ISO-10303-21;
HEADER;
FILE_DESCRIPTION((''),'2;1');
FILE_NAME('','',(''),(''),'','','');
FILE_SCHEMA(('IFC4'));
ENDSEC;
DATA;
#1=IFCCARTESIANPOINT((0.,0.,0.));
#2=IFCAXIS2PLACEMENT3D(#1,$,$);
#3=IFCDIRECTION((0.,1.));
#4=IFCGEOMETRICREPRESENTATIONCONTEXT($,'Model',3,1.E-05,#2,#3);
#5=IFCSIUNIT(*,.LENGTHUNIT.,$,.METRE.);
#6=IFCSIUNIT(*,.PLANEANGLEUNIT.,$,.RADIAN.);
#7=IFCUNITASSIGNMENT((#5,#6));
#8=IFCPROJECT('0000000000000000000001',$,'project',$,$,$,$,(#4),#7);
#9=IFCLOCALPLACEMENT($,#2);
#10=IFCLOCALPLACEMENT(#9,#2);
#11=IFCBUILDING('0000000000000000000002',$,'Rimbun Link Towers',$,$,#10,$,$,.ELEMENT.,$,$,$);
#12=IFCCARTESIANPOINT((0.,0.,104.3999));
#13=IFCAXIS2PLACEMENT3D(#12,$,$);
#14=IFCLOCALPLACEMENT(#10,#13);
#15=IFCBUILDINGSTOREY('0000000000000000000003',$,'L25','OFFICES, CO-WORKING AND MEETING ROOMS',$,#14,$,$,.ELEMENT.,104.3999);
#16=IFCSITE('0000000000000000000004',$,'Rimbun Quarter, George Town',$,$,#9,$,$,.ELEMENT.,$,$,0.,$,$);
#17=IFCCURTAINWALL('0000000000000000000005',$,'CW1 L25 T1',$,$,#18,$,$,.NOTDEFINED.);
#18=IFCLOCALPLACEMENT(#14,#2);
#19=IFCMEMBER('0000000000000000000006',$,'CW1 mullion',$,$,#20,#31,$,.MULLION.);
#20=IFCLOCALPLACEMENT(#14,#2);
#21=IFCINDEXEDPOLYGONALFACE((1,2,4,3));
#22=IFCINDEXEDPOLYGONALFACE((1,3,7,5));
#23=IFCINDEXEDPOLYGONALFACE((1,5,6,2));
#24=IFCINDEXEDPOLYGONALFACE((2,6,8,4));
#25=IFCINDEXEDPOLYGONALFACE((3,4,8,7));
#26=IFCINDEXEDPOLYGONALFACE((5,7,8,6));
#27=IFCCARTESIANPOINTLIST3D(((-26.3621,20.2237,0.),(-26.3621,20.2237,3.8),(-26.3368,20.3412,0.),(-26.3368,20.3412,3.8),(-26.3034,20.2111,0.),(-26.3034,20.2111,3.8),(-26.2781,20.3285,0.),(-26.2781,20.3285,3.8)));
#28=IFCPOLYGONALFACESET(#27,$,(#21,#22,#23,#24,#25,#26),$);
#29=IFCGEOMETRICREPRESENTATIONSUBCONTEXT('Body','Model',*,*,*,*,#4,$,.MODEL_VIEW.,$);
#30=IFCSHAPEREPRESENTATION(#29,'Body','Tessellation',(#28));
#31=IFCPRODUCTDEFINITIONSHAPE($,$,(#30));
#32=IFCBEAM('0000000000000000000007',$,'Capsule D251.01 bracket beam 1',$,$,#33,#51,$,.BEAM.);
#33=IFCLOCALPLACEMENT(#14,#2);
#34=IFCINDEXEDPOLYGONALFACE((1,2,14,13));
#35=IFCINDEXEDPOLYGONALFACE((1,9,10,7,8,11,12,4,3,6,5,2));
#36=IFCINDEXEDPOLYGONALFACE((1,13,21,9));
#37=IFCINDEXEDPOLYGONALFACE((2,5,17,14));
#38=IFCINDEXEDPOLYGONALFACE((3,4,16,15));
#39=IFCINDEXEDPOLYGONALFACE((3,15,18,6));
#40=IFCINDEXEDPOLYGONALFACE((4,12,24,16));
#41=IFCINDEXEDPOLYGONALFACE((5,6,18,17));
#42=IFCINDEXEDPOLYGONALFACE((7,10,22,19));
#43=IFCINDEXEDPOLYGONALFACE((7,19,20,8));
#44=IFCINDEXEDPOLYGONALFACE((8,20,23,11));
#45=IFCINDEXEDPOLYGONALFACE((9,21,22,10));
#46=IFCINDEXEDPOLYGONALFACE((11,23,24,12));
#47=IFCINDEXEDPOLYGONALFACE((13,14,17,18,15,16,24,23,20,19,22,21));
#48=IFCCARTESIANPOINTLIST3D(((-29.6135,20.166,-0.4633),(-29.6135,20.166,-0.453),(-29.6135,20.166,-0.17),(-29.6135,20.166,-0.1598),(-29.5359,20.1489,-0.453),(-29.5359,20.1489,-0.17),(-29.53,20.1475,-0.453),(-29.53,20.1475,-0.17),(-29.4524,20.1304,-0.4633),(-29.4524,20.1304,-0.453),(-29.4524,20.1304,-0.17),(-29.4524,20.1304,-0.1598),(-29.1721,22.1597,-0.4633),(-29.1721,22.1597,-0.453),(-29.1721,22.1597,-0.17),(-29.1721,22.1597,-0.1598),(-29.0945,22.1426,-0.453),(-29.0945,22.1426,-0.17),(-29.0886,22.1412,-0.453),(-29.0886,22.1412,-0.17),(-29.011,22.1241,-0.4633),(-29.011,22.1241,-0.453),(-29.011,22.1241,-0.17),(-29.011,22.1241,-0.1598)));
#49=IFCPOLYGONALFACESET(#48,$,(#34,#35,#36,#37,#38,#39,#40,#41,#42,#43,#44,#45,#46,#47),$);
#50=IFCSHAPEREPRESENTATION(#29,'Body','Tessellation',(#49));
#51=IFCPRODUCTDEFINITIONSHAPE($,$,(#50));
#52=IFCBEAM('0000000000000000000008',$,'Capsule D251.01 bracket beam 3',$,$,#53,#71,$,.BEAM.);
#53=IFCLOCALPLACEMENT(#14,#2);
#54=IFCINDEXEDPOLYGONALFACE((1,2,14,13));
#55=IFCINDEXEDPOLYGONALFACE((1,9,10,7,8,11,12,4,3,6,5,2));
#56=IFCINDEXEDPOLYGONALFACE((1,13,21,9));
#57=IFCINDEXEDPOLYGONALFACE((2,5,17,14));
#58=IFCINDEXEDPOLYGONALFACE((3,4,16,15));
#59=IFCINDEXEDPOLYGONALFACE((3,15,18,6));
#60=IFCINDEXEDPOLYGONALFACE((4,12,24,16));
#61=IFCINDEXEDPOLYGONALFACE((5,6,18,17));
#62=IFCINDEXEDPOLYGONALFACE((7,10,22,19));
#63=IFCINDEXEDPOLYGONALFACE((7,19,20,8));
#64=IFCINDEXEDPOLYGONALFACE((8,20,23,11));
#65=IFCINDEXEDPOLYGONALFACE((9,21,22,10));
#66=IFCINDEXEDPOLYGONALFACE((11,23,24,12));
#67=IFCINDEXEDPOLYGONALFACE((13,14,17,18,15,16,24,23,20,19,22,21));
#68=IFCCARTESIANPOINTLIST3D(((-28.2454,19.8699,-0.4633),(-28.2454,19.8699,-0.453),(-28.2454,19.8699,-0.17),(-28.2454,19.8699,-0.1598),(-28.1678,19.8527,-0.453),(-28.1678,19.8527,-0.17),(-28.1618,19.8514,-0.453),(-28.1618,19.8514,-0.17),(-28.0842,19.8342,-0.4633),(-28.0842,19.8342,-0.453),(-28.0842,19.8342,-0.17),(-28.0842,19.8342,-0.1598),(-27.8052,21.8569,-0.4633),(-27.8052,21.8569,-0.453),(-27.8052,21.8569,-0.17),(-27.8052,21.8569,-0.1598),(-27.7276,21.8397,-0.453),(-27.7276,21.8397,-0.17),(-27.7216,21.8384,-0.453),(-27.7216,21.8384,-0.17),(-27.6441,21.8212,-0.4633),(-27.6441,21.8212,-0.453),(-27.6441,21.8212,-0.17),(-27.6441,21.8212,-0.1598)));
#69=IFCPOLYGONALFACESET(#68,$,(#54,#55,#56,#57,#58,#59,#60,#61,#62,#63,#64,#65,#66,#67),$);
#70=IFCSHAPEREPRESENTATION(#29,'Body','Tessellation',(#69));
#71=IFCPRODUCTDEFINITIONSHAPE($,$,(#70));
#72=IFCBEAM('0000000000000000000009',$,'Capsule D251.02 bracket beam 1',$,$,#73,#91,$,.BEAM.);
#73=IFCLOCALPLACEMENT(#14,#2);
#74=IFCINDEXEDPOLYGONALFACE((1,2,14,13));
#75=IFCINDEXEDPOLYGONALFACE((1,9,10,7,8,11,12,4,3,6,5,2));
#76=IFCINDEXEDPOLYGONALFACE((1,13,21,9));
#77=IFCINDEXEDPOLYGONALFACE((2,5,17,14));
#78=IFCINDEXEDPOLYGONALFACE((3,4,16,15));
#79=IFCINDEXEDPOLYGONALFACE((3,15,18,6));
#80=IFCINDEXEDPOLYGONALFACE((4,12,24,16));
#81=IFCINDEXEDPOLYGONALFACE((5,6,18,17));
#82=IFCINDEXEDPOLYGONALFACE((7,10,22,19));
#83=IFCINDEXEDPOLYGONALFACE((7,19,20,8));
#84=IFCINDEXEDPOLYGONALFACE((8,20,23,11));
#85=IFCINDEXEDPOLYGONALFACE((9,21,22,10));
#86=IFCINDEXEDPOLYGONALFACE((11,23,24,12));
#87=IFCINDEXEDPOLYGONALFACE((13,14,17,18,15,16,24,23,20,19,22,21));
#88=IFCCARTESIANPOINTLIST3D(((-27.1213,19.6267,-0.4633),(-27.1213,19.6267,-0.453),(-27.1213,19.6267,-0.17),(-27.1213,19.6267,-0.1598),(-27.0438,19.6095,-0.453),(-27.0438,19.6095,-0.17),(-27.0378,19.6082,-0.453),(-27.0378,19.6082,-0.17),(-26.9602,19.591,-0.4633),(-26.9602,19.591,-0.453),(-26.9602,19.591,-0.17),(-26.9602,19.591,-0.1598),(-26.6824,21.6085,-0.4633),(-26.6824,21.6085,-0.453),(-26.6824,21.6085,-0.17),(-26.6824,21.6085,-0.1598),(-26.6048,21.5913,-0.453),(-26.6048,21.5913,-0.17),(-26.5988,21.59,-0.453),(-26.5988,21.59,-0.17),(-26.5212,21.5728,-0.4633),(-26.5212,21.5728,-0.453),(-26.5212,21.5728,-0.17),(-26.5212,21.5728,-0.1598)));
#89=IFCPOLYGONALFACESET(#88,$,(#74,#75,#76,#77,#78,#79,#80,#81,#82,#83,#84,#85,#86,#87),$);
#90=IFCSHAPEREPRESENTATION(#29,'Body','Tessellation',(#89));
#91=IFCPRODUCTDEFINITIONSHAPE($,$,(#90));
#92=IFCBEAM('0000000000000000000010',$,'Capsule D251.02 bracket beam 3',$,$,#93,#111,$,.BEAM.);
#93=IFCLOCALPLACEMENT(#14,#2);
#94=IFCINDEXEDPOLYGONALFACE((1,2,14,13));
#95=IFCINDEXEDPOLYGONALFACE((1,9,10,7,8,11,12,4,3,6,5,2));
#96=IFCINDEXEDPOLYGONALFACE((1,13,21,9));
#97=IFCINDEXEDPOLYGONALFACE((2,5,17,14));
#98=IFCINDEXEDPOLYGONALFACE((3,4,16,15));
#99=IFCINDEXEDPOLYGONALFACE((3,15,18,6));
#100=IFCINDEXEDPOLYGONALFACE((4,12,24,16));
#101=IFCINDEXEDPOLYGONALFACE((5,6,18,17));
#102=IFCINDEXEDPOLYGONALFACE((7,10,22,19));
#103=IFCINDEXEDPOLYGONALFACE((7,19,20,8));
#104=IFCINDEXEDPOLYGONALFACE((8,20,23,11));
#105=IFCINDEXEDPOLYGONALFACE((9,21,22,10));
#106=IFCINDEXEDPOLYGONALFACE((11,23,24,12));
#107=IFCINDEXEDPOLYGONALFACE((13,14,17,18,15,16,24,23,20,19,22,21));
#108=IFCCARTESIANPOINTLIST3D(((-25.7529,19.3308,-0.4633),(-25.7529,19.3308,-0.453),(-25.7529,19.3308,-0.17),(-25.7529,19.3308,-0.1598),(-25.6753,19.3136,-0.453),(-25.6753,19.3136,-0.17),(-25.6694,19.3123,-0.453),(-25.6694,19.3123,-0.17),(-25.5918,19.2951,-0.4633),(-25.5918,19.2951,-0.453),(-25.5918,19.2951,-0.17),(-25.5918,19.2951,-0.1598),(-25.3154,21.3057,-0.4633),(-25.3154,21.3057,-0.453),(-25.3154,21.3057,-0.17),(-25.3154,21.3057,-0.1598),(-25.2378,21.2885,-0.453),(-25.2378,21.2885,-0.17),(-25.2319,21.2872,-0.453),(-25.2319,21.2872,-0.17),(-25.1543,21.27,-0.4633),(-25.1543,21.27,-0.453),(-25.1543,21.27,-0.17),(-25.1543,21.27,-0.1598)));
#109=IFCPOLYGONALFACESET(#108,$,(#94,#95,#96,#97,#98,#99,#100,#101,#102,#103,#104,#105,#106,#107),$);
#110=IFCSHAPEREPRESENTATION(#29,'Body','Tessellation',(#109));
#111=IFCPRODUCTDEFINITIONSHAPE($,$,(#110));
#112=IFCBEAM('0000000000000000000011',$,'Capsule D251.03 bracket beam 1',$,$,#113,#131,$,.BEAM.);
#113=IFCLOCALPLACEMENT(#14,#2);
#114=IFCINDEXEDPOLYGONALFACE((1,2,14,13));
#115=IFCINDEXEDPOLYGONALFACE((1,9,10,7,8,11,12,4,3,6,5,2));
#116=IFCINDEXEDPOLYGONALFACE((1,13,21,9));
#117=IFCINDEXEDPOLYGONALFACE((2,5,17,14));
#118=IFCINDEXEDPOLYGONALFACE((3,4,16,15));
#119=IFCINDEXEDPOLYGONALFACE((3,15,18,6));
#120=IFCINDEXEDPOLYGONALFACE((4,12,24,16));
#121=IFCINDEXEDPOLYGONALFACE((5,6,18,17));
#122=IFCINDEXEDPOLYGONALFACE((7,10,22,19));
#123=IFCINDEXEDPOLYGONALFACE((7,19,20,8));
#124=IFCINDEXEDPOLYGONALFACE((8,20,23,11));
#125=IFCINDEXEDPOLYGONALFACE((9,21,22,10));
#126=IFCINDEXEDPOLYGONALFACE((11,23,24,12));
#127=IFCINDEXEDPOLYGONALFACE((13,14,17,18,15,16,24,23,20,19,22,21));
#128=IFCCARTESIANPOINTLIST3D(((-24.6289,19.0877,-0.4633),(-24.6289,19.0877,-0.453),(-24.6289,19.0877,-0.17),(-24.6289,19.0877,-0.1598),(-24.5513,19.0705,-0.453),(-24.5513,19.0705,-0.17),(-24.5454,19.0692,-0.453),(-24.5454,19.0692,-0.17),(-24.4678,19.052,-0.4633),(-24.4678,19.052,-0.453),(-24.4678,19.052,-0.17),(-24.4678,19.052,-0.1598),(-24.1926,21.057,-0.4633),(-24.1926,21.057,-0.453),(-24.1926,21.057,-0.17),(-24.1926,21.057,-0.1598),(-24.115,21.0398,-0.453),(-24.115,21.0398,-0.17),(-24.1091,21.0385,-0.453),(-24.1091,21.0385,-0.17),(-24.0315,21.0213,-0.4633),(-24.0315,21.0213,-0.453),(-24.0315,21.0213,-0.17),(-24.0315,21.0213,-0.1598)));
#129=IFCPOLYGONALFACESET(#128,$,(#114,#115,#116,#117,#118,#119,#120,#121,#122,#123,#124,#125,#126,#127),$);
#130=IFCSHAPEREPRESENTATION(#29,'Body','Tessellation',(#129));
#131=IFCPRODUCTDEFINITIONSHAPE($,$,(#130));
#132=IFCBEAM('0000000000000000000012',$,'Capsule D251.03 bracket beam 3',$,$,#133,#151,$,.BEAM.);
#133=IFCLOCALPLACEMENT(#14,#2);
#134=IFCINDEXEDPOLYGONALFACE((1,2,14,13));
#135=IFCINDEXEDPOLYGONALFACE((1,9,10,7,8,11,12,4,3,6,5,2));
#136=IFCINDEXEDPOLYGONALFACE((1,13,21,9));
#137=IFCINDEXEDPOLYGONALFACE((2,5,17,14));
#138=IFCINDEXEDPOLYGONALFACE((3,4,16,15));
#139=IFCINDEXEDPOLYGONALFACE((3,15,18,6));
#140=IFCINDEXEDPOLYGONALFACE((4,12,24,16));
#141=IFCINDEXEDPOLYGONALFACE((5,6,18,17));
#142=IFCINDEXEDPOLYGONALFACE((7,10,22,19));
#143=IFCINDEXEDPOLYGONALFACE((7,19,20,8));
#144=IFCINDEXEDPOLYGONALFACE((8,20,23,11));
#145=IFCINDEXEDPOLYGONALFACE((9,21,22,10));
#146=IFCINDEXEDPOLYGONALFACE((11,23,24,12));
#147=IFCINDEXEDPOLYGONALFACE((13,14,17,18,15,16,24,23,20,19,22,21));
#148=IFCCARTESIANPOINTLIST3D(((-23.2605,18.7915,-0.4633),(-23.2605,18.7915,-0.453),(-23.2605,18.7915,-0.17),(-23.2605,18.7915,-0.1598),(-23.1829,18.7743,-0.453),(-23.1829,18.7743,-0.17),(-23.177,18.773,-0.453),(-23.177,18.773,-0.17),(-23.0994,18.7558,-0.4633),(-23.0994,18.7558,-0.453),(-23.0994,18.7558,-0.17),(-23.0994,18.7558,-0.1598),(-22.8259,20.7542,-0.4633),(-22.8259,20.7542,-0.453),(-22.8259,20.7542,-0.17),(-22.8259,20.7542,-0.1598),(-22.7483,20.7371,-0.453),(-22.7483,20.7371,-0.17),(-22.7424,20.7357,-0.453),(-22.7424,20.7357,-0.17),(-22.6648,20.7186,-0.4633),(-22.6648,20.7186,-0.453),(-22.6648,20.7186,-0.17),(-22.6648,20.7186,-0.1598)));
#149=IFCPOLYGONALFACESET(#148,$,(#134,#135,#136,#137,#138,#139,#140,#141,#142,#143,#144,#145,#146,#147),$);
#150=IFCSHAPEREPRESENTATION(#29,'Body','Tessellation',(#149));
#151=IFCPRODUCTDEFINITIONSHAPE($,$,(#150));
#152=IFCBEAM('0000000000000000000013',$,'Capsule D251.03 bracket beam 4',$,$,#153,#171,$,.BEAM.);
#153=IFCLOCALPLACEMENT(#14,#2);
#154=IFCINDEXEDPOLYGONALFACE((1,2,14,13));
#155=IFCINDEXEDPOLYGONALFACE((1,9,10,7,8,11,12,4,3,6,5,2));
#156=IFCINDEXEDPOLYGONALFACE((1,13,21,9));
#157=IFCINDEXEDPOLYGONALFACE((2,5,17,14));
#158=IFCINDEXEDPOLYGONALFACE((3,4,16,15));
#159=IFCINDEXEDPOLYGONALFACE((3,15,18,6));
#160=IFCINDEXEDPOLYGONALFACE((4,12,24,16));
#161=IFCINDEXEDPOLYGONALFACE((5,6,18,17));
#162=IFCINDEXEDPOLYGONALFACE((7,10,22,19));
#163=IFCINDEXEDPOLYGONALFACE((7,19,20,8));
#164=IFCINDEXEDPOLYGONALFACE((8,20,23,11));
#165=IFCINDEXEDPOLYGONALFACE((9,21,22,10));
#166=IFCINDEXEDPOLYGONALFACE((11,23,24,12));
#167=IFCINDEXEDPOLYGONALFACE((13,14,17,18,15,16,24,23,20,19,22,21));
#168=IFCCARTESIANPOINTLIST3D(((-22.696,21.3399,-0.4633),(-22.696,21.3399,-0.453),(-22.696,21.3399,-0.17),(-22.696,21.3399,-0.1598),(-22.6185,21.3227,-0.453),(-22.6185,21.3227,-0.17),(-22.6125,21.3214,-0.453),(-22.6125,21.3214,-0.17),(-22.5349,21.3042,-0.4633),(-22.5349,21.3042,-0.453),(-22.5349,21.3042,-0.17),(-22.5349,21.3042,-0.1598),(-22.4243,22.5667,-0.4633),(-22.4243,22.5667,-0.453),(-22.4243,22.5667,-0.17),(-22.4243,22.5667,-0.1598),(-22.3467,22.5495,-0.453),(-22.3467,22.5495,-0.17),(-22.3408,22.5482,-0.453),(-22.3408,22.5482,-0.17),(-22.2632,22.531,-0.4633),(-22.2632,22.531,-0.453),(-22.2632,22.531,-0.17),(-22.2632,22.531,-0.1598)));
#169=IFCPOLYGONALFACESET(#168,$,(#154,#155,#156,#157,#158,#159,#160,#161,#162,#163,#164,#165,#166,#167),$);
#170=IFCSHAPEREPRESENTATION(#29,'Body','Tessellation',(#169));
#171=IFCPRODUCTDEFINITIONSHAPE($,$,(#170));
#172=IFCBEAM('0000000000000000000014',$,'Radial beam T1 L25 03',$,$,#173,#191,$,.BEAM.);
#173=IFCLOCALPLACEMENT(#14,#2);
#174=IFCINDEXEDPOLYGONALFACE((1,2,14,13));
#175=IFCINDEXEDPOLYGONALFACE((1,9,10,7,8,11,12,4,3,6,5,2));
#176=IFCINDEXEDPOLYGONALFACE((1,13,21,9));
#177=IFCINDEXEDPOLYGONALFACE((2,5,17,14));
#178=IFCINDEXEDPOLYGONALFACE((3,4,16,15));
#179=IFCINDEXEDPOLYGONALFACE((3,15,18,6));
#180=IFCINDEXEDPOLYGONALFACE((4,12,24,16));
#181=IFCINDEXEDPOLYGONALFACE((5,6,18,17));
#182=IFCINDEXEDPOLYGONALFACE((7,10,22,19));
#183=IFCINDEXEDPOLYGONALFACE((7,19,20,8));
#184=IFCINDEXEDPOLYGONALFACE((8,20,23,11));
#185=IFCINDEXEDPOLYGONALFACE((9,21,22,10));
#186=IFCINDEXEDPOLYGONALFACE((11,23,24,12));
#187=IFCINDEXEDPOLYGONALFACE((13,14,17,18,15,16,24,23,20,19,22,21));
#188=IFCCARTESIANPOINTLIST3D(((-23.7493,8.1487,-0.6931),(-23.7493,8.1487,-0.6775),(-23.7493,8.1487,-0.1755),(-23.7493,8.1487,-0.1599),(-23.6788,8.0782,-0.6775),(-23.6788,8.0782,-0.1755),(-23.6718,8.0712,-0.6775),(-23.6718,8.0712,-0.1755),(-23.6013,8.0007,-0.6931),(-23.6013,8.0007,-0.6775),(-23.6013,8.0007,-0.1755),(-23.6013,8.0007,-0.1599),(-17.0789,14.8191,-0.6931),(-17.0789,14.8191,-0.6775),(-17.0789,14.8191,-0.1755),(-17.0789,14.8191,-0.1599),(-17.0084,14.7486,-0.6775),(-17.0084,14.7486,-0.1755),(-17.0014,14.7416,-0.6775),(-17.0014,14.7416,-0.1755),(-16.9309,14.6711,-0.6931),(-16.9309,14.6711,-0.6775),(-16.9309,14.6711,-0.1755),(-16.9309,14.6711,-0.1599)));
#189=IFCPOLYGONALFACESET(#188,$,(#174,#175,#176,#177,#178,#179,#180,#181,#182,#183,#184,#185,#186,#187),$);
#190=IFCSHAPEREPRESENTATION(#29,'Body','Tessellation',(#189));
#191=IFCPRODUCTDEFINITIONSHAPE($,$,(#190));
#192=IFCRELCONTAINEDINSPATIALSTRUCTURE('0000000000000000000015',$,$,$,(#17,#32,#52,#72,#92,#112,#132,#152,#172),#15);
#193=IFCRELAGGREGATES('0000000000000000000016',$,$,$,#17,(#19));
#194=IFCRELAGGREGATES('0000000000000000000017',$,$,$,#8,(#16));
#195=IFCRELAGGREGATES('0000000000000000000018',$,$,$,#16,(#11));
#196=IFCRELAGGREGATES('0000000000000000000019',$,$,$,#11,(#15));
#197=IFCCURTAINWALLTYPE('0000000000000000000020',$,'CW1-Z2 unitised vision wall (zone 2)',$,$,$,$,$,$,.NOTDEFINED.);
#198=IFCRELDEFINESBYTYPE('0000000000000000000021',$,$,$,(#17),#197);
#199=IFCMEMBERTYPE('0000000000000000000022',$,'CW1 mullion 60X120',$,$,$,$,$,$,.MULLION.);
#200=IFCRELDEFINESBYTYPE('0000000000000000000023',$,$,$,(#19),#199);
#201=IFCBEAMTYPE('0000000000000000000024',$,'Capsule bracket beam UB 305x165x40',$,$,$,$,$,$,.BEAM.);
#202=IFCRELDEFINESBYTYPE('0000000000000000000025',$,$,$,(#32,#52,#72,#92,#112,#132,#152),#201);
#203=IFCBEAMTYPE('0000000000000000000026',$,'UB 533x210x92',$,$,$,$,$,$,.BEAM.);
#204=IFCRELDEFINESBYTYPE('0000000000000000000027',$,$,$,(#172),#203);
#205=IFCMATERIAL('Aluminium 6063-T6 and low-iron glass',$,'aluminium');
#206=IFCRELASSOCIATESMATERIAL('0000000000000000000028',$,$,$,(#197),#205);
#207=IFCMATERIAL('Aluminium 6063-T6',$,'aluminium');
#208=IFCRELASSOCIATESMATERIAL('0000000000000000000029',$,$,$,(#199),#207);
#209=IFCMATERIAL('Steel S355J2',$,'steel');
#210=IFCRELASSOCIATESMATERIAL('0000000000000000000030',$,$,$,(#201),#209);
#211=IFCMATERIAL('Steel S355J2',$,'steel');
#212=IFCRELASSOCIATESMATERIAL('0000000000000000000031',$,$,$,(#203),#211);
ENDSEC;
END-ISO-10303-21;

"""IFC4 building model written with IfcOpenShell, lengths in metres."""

from ifc_helpers import new_model, si_unit, direction, frame, origin, origin_2d, place, context, subcontext, project, spatial, rectangle, i_section, extrude, material, material_profile, profile_set, type_object, element, aggregate, save


model = new_model("IFC4")

# Units and contexts
model_context = context("Model", 3, precision=1e-05, world=origin(), true_north=direction((0.0, 1.0)))
body_context = subcontext(model_context, "Body", "Model", "MODEL_VIEW")
ifc_project = project(units=[si_unit("LENGTHUNIT", "METRE"), si_unit("PLANEANGLEUNIT", "RADIAN")], contexts=[model_context])

# Site, building, storey
site_placement = place(None, origin())
site = spatial("IfcSite", under=ifc_project, at=site_placement, Name="Rimbun Quarter, George Town", CompositionType="ELEMENT", RefElevation=0.0)
building_placement = place(site_placement, origin())
building = spatial("IfcBuilding", under=site, at=building_placement, Name="Rimbun Link Towers", CompositionType="ELEMENT")
storey_placement = place(building_placement, frame((0.0, 0.0, 104.3999)))
storey = spatial("IfcBuildingStorey", under=building, at=storey_placement, Name="L25", Description="OFFICES, CO-WORKING AND MEETING ROOMS", CompositionType="ELEMENT", Elevation=104.3999)

# Curtain wall, member
ifc_material_1 = material(Name="Aluminium 6063-T6 and low-iron glass", Category="aluminium")
curtain_wall_type = type_object("IfcCurtainWallType", Name="CW1-Z2 unitised vision wall (zone 2)", PredefinedType="NOTDEFINED", material=ifc_material_1)
curtain_wall_placement = place(storey_placement, origin())
curtain_wall = element("IfcCurtainWall", 1, at=curtain_wall_placement, inside=storey, type_object=curtain_wall_type, Name="CW1 L25 T1", PredefinedType="NOTDEFINED")
ifc_material_2 = material(Name="Aluminium 6063-T6", Category="aluminium")
ifc_material_profile_1 = material_profile(ifc_material_2, rectangle(XDim=0.1201, YDim=0.0601, at=origin_2d()), Name="MULLION 60X120")
ifc_profile_set_1 = profile_set([ifc_material_profile_1], Name="Aluminium 6063-T6")
member_type = type_object("IfcMemberType", Name="CW1 mullion 60X120", PredefinedType="MULLION", material=ifc_profile_set_1)
member_placement = place(storey_placement, frame((-26.3201, 20.2761, 0.0), z_axis=(0.0, 0.0, 1.0), x_axis=(0.210865, 0.977515, 0.0)))
member = element("IfcMember", 2, at=member_placement, type_object=member_type, Name="CW1 mullion", PredefinedType="MULLION", context=body_context, shape_type="SweptSolid", body=[
    extrude(rectangle(XDim=0.1201, YDim=0.0601, at=origin_2d()), origin(), (0.0, 0.0, 1.0), 3.8),
])

# Beams
ifc_material_3 = material(Name="Steel S355J2", Category="steel")
ifc_material_profile_2 = material_profile(ifc_material_3, i_section(OverallWidth=0.165, OverallDepth=0.3035, WebThickness=0.0061, FlangeThickness=0.0103, at=origin_2d()), Name="UB 305x165x40")
ifc_profile_set_2 = profile_set([ifc_material_profile_2], Name="Steel S355J2")
beam_type_1 = type_object("IfcBeamType", Name="Capsule bracket beam UB 305x165x40", PredefinedType="BEAM", material=ifc_profile_set_2)
beam_1_placement = place(storey_placement, frame((-29.533, 20.1482, -0.3115), z_axis=(0.216171, 0.976356, 0.0), x_axis=(-0.976356, 0.216171, 0.0)))
element("IfcBeam", 3, at=beam_1_placement, inside=storey, type_object=beam_type_1, Name="Capsule D251.01 bracket beam 1", PredefinedType="BEAM", context=body_context, shape_type="SweptSolid", body=[
    extrude(i_section(OverallWidth=0.165, OverallDepth=0.3035, WebThickness=0.0061, FlangeThickness=0.0103, at=origin_2d()), origin(), (0.0, 0.0, 1.0), 2.042),
])
beam_2_placement = place(storey_placement, frame((-28.1648, 19.8521, -0.3115), z_axis=(0.216283, 0.976331, 0.0), x_axis=(-0.976331, 0.216283, 0.0)))
element("IfcBeam", 4, at=beam_2_placement, inside=storey, type_object=beam_type_1, Name="Capsule D251.01 bracket beam 3", PredefinedType="BEAM", context=body_context, shape_type="SweptSolid", body=[
    extrude(i_section(OverallWidth=0.165, OverallDepth=0.3035, WebThickness=0.0061, FlangeThickness=0.0103, at=origin_2d()), origin(), (0.0, 0.0, 1.0), 2.0352),
])
beam_3_placement = place(storey_placement, frame((-27.0408, 19.6089, -0.3115), z_axis=(0.216268, 0.976334, 0.0), x_axis=(-0.976334, 0.216268, 0.0)))
element("IfcBeam", 5, at=beam_3_placement, inside=storey, type_object=beam_type_1, Name="Capsule D251.02 bracket beam 1", PredefinedType="BEAM", context=body_context, shape_type="SweptSolid", body=[
    extrude(i_section(OverallWidth=0.165, OverallDepth=0.3035, WebThickness=0.0061, FlangeThickness=0.0103, at=origin_2d()), origin(), (0.0, 0.0, 1.0), 2.0298),
])
beam_4_placement = place(storey_placement, frame((-25.6724, 19.313, -0.3115), z_axis=(0.216291, 0.976329, 0.0), x_axis=(-0.976329, 0.216291, 0.0)))
element("IfcBeam", 6, at=beam_4_placement, inside=storey, type_object=beam_type_1, Name="Capsule D251.02 bracket beam 3", PredefinedType="BEAM", context=body_context, shape_type="SweptSolid", body=[
    extrude(i_section(OverallWidth=0.165, OverallDepth=0.3035, WebThickness=0.0061, FlangeThickness=0.0103, at=origin_2d()), origin(), (0.0, 0.0, 1.0), 2.0227),
])
beam_5_placement = place(storey_placement, frame((-24.5483, 19.0698, -0.3115), z_axis=(0.216302, 0.976326, 0.0), x_axis=(-0.976326, 0.216302, 0.0)))
element("IfcBeam", 7, at=beam_5_placement, inside=storey, type_object=beam_type_1, Name="Capsule D251.03 bracket beam 1", PredefinedType="BEAM", context=body_context, shape_type="SweptSolid", body=[
    extrude(i_section(OverallWidth=0.165, OverallDepth=0.3035, WebThickness=0.0061, FlangeThickness=0.0103, at=origin_2d()), origin(), (0.0, 0.0, 1.0), 2.0171),
])
beam_6_placement = place(storey_placement, frame((-23.1799, 18.7737, -0.3115), z_axis=(0.216185, 0.976353, 0.0), x_axis=(-0.976353, 0.216185, 0.0)))
element("IfcBeam", 8, at=beam_6_placement, inside=storey, type_object=beam_type_1, Name="Capsule D251.03 bracket beam 3", PredefinedType="BEAM", context=body_context, shape_type="SweptSolid", body=[
    extrude(i_section(OverallWidth=0.165, OverallDepth=0.3035, WebThickness=0.0061, FlangeThickness=0.0103, at=origin_2d()), origin(), (0.0, 0.0, 1.0), 2.0103),
])
beam_7_placement = place(storey_placement, frame((-22.6155, 21.322, -0.3115), z_axis=(0.216252, 0.976338, 0.0), x_axis=(-0.976338, 0.216252, 0.0)))
element("IfcBeam", 9, at=beam_7_placement, inside=storey, type_object=beam_type_1, Name="Capsule D251.03 bracket beam 4", PredefinedType="BEAM", context=body_context, shape_type="SweptSolid", body=[
    extrude(i_section(OverallWidth=0.165, OverallDepth=0.3035, WebThickness=0.0061, FlangeThickness=0.0103, at=origin_2d()), origin(), (0.0, 0.0, 1.0), 1.2566),
])
ifc_material_4 = material(Name="Steel S355J2", Category="steel")
ifc_material_profile_3 = material_profile(ifc_material_4, i_section(OverallWidth=0.2092, OverallDepth=0.5332, WebThickness=0.01, FlangeThickness=0.0156, at=origin_2d()), Name="UB 533x210x92")
ifc_profile_set_3 = profile_set([ifc_material_profile_3], Name="Steel S355J2")
beam_type_2 = type_object("IfcBeamType", Name="UB 533x210x92", PredefinedType="BEAM", material=ifc_profile_set_3)
beam_8_placement = place(storey_placement, frame((-23.6753, 8.0747, -0.4265), z_axis=(0.707107, 0.707107, 0.0), x_axis=(-0.707107, 0.707107, 0.0)))
element("IfcBeam", 10, at=beam_8_placement, inside=storey, type_object=beam_type_2, Name="Radial beam T1 L25 03", PredefinedType="BEAM", context=body_context, shape_type="SweptSolid", body=[
    extrude(i_section(OverallWidth=0.2092, OverallDepth=0.5332, WebThickness=0.01, FlangeThickness=0.0156, at=origin_2d()), origin(), (0.0, 0.0, 1.0), 9.4333),
])

aggregate(curtain_wall, [member])

save(model, "model.ifc")
